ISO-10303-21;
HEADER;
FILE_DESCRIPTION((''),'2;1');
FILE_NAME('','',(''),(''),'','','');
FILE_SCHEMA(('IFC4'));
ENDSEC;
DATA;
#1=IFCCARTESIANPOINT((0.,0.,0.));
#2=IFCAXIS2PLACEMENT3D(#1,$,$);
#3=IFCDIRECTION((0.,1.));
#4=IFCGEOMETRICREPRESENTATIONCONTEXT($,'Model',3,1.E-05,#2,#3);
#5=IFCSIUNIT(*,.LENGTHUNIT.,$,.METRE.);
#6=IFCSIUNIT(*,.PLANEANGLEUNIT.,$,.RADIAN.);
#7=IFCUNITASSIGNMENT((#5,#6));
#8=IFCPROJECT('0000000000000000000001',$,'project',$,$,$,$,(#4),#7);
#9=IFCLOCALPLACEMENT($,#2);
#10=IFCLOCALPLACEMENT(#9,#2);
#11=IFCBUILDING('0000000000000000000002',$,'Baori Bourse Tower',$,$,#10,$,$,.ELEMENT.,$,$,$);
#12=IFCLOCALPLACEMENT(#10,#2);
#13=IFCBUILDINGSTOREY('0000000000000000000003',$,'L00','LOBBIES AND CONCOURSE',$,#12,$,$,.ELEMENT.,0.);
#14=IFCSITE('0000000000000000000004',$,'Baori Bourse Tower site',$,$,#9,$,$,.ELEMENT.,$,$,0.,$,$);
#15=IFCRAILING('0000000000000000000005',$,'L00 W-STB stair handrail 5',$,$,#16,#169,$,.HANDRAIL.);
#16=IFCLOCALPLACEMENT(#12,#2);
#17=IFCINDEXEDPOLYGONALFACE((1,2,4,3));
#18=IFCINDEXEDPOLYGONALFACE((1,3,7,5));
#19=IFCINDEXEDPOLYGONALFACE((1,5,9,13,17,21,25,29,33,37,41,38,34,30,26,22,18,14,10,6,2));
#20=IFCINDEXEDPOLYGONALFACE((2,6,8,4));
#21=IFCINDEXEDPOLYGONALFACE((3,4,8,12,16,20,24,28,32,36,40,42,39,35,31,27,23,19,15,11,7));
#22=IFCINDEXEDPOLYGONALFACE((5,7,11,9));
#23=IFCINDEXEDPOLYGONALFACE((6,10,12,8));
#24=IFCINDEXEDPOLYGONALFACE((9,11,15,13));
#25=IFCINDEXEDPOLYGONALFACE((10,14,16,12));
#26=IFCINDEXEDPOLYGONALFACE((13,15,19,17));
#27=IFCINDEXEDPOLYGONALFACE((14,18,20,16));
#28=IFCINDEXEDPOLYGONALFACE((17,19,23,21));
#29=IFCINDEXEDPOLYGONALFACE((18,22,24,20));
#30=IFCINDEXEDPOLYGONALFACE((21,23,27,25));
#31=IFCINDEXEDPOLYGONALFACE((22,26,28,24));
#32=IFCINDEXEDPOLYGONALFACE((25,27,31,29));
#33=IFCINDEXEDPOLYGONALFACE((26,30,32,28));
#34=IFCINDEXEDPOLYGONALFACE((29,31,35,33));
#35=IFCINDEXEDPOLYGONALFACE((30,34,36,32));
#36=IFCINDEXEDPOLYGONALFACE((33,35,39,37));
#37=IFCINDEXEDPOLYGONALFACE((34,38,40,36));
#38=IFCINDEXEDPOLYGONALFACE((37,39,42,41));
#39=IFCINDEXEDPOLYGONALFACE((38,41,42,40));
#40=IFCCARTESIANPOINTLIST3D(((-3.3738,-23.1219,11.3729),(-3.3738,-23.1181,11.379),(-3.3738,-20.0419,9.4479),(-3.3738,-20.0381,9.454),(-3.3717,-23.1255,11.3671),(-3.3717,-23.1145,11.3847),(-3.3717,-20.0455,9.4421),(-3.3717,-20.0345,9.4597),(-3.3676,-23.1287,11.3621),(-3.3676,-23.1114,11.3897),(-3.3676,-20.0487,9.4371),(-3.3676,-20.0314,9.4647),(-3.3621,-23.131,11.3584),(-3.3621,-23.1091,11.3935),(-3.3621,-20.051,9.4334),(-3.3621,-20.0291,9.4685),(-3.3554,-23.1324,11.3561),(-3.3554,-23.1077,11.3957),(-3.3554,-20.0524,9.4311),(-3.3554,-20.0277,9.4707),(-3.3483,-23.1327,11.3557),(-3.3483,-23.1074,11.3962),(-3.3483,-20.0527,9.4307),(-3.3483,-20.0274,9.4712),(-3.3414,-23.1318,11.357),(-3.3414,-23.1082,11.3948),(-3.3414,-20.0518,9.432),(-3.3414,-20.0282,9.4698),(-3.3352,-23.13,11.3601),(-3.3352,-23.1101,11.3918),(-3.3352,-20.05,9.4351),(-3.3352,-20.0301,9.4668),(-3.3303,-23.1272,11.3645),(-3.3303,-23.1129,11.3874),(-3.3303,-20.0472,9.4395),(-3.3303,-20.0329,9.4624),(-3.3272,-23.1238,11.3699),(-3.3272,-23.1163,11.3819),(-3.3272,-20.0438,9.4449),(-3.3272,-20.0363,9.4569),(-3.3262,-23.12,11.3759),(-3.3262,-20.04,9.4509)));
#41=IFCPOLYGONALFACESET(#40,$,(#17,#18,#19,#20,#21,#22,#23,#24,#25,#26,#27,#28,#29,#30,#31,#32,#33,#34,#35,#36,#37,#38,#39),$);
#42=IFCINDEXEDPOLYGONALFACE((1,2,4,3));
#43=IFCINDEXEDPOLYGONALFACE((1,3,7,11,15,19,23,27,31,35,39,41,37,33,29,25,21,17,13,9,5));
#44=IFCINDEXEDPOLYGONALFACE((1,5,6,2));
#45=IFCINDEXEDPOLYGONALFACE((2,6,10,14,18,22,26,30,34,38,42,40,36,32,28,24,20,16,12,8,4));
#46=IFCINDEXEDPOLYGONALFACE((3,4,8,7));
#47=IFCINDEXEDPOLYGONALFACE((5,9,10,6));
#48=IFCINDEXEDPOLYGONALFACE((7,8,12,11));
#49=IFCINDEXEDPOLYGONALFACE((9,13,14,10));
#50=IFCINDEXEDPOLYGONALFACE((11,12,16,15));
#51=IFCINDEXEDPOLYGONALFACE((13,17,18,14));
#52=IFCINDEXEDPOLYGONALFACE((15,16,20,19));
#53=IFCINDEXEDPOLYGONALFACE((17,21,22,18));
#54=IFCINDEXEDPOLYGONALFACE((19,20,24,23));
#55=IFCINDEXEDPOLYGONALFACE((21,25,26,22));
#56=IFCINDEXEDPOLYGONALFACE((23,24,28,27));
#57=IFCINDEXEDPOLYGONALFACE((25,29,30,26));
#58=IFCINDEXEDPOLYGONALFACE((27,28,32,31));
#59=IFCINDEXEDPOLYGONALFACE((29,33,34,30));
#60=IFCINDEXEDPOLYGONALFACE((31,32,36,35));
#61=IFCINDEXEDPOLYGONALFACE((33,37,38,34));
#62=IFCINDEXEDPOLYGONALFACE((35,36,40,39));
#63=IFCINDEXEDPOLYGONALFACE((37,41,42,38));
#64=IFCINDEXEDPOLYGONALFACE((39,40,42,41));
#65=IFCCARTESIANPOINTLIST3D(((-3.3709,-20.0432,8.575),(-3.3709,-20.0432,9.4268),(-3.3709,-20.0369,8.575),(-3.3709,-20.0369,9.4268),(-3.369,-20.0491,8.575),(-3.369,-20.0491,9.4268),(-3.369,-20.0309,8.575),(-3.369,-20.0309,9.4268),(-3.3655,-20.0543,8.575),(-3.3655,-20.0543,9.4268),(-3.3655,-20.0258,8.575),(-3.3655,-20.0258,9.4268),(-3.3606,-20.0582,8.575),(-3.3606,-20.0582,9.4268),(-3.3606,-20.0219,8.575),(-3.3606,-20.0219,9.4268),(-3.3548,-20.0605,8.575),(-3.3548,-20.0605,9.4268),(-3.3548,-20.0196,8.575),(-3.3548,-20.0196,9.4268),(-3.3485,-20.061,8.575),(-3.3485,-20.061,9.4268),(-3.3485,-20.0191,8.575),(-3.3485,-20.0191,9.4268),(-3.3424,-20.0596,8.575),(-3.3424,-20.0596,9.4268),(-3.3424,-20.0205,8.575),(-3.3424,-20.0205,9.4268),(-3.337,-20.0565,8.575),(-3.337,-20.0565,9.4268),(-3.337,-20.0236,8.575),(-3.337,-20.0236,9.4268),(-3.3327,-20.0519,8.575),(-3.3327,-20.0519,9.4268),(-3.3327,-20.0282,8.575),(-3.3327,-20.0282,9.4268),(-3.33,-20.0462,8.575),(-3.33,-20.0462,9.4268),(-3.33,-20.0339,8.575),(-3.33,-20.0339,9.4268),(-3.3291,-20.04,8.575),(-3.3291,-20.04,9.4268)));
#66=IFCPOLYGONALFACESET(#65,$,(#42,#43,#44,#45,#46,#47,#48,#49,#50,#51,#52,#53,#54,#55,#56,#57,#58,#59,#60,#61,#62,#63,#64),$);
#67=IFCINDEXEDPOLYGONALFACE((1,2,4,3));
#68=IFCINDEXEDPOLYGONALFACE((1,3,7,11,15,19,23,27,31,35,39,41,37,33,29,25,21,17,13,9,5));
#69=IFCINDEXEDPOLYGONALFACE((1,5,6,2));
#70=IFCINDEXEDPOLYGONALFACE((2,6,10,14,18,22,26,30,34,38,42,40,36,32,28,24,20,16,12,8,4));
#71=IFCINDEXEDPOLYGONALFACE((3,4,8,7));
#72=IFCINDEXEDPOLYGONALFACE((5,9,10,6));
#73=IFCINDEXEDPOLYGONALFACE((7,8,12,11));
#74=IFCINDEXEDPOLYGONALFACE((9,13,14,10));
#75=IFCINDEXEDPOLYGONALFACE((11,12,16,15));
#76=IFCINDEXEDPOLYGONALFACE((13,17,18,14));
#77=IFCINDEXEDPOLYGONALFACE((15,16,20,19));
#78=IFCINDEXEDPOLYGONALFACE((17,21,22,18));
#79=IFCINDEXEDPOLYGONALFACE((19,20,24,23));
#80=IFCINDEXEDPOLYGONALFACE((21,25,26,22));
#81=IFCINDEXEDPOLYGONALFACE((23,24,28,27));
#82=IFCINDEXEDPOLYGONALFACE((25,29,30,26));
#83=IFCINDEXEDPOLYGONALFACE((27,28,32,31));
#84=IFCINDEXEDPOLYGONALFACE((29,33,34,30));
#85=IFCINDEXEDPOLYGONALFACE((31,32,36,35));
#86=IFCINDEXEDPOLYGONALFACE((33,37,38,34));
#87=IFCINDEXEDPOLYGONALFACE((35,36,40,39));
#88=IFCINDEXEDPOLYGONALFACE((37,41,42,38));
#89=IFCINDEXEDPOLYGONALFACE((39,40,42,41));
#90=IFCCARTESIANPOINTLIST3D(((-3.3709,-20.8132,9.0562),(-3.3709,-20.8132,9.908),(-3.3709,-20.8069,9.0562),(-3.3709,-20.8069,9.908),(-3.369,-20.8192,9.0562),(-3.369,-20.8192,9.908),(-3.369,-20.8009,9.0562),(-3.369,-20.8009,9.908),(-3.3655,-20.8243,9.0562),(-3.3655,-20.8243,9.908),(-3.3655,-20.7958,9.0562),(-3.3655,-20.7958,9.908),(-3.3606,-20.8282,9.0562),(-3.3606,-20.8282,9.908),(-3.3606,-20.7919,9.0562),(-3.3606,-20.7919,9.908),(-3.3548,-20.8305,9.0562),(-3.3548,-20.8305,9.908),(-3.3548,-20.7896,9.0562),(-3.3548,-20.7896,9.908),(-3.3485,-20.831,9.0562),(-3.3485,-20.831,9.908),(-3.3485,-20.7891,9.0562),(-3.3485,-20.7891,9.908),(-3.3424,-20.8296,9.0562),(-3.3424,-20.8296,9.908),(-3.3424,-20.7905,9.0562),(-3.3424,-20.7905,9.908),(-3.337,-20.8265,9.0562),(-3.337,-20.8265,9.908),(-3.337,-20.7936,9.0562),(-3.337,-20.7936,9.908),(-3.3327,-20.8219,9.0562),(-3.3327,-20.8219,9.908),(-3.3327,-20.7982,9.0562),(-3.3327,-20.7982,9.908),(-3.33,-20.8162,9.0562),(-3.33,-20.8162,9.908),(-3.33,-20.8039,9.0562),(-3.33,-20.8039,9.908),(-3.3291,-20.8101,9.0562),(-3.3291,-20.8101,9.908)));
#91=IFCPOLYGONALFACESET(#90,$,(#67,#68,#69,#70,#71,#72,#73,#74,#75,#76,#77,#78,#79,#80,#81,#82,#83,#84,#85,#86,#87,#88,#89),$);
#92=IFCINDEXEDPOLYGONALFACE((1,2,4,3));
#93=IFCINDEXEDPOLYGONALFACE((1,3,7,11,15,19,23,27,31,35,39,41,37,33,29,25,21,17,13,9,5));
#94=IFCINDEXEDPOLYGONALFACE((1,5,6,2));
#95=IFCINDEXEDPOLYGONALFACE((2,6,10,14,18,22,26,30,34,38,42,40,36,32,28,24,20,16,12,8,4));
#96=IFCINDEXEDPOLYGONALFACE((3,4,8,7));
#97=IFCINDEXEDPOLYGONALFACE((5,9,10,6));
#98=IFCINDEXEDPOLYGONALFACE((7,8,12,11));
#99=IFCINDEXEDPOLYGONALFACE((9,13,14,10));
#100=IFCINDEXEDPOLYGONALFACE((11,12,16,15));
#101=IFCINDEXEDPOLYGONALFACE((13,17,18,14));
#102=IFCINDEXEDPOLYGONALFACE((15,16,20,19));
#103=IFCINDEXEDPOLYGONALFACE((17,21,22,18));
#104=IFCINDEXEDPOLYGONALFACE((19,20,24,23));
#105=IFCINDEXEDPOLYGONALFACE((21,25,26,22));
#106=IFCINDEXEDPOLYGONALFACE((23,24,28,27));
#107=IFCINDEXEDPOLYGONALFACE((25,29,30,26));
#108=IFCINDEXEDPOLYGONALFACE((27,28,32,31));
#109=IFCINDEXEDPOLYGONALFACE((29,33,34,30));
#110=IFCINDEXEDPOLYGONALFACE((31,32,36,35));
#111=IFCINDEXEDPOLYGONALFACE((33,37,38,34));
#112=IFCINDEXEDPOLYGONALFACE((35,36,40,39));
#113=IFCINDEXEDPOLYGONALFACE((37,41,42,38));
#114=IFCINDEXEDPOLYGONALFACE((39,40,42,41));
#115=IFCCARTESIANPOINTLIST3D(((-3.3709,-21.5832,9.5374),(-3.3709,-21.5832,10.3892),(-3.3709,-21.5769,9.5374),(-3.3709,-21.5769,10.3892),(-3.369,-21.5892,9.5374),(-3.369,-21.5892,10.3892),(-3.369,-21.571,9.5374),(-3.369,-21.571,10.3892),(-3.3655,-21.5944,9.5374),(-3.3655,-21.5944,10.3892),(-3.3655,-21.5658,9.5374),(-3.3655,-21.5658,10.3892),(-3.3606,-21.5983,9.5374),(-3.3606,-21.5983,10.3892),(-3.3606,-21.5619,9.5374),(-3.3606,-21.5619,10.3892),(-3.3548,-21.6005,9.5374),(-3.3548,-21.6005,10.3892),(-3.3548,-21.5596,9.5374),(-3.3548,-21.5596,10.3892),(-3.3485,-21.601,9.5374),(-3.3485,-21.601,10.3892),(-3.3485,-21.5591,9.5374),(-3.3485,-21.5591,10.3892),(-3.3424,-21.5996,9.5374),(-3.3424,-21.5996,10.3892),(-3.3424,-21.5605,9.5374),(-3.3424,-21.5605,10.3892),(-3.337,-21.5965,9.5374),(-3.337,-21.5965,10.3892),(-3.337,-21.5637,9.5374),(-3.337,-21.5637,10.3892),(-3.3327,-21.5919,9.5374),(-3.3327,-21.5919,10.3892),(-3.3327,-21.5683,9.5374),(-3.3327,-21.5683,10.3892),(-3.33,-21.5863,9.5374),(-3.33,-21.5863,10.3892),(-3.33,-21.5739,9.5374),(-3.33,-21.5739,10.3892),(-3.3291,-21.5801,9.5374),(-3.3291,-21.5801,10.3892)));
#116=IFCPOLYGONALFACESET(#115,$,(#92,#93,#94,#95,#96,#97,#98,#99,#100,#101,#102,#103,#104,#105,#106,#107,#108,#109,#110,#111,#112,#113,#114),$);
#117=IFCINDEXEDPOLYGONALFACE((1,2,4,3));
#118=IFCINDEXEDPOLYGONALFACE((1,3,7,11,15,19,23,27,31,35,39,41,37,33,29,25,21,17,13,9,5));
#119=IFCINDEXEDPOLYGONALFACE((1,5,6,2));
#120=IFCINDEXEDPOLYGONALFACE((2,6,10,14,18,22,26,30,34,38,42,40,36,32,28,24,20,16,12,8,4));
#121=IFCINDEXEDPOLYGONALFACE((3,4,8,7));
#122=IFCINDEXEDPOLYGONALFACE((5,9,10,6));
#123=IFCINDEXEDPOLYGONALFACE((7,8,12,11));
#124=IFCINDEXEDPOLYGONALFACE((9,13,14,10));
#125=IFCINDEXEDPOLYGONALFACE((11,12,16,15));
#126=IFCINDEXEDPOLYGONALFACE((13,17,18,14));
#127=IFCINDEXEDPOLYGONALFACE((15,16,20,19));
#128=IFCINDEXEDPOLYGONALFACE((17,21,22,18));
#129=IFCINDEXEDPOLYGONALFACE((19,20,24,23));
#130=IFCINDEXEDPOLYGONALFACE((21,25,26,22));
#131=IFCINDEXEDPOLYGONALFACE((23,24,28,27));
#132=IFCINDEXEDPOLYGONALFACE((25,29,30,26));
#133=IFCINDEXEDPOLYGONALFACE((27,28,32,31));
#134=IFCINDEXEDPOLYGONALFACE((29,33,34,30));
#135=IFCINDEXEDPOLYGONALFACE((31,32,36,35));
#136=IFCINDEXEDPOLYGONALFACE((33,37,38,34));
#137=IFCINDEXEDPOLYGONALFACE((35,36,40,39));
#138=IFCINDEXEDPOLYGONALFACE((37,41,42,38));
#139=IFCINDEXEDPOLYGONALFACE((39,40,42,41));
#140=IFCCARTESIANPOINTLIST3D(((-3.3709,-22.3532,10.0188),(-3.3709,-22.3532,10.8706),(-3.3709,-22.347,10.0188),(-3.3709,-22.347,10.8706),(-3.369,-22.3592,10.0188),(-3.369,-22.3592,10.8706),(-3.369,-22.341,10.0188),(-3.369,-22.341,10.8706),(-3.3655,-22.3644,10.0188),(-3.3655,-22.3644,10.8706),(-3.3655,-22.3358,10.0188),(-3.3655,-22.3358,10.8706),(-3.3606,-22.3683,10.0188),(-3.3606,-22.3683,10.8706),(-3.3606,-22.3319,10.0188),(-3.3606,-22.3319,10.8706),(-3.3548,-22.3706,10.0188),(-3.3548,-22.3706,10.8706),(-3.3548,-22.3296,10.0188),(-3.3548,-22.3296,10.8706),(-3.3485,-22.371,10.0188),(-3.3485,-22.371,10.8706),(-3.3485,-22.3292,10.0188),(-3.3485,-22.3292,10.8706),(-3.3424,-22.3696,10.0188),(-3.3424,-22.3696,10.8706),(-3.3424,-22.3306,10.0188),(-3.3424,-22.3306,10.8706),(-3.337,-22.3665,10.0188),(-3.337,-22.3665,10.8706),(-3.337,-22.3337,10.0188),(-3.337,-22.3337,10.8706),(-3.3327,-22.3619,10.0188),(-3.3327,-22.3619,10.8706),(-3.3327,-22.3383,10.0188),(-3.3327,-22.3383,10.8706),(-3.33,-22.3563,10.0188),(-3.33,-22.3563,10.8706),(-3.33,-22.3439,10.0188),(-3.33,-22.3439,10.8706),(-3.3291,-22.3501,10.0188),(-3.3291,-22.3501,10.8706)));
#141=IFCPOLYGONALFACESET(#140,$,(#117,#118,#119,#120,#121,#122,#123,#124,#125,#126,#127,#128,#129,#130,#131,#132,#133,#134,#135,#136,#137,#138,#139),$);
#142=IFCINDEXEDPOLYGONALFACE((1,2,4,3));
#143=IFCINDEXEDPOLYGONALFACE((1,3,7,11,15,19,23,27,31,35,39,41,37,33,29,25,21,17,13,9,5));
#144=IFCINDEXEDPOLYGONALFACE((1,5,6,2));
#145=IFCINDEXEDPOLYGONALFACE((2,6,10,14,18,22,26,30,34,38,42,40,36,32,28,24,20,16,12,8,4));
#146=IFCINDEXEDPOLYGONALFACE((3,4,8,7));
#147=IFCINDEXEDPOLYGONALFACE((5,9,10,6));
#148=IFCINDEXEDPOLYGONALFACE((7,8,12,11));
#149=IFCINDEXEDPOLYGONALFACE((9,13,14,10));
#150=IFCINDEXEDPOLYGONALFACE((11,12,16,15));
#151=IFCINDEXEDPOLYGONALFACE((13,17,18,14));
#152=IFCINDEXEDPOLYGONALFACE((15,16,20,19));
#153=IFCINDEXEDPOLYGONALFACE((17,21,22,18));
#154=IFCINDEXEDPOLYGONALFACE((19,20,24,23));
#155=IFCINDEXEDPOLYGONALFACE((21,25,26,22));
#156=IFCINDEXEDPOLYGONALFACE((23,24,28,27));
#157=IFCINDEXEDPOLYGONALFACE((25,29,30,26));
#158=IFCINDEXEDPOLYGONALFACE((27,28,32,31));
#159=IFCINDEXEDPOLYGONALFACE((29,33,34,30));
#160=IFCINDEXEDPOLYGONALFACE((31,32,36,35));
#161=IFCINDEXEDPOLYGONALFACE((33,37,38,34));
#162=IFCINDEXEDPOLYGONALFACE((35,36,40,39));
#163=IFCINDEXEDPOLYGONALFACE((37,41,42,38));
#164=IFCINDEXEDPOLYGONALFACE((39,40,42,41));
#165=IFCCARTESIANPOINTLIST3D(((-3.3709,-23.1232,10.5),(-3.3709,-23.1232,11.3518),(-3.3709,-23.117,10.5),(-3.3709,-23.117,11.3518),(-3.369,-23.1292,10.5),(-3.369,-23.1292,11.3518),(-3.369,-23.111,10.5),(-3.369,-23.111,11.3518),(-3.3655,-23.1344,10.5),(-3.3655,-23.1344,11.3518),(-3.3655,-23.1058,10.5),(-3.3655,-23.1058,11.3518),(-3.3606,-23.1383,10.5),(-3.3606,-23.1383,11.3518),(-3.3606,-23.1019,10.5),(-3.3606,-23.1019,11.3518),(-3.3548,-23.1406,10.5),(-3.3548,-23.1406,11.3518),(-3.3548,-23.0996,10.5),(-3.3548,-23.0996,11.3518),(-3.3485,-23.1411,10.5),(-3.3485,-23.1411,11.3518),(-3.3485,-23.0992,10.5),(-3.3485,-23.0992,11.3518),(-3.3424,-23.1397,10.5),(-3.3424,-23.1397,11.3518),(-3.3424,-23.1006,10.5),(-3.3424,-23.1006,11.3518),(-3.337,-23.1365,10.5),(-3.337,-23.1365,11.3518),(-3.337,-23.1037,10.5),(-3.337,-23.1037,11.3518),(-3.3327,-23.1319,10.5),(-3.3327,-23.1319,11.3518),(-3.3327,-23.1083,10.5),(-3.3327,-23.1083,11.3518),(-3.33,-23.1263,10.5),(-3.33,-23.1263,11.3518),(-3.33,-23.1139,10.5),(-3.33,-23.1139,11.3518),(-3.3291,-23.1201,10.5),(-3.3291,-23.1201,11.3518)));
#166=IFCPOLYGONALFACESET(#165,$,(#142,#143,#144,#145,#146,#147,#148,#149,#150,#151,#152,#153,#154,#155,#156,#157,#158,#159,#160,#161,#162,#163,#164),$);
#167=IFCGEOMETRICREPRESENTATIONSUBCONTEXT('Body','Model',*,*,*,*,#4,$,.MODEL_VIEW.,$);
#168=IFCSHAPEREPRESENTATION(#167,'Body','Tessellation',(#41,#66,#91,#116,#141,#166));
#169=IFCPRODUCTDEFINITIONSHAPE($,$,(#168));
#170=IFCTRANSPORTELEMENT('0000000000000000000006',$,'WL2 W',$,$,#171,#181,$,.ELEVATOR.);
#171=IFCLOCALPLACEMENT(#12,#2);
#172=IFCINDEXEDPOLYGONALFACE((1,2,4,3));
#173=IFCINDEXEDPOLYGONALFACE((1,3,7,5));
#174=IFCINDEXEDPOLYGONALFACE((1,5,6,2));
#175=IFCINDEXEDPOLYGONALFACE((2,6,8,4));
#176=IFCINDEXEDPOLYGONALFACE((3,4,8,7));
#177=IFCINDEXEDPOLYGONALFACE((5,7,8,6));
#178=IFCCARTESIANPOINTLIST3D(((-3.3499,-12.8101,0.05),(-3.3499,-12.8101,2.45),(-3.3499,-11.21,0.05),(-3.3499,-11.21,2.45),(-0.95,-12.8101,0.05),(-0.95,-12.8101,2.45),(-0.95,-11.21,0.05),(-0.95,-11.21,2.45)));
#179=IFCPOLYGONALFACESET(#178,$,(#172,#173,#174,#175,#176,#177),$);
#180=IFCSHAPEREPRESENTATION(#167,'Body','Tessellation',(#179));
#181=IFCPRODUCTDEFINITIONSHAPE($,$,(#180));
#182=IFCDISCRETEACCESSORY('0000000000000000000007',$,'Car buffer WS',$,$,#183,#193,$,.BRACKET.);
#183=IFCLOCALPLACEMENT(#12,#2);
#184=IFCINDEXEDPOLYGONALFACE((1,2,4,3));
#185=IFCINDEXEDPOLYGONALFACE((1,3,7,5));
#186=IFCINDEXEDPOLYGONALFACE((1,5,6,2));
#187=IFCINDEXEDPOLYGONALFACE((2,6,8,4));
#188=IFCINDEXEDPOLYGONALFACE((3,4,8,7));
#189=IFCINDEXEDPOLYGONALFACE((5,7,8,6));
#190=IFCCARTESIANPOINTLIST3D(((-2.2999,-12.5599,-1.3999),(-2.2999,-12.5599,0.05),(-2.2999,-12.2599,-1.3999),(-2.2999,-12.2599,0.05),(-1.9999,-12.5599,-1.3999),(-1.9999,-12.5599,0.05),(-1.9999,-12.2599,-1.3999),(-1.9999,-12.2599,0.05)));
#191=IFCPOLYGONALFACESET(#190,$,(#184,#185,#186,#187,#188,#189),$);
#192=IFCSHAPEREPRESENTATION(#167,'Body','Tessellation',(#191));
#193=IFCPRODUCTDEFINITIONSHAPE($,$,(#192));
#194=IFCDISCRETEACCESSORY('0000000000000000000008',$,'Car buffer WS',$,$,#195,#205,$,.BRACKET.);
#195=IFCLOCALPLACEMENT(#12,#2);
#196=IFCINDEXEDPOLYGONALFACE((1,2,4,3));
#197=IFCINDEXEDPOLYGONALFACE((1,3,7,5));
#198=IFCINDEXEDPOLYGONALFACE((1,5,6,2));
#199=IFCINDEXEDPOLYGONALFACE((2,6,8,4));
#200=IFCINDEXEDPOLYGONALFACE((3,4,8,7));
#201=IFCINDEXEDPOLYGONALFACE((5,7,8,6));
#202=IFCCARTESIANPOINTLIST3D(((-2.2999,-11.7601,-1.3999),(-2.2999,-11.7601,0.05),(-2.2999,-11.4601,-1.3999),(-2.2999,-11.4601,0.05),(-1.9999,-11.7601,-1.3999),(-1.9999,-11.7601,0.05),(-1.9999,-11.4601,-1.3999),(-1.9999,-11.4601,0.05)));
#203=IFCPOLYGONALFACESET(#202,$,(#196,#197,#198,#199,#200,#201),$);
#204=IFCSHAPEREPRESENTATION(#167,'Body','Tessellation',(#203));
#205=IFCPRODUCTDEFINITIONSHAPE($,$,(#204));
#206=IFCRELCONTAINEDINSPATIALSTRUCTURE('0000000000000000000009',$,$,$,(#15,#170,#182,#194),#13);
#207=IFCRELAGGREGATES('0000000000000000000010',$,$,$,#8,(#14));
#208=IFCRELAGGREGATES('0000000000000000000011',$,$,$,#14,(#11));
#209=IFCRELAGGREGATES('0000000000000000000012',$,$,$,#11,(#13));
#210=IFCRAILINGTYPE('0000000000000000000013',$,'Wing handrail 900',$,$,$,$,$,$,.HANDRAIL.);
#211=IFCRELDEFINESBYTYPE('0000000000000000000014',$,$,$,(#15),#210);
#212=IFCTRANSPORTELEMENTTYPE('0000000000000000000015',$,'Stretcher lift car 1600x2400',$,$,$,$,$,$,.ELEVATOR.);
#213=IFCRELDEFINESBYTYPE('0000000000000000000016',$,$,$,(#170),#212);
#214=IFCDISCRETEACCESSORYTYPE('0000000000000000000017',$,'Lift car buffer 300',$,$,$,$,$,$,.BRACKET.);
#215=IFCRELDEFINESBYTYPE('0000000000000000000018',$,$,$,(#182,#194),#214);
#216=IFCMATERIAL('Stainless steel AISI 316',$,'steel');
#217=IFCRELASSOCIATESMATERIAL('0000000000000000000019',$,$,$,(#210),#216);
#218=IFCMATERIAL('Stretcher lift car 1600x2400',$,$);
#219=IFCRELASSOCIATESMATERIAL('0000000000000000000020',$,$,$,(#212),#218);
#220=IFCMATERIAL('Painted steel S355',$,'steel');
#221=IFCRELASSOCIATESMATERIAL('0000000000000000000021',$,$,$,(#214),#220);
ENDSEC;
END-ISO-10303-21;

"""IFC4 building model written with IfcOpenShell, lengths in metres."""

from ifc_helpers import new_model, si_unit, direction, frame, origin, origin_2d, place, context, subcontext, project, spatial, rectangle, circle, extrude, material, type_object, element, save


model = new_model("IFC4")

# Units and contexts
model_context = context("Model", 3, precision=1e-05, world=origin(), true_north=direction((0.0, 1.0)))
body_context = subcontext(model_context, "Body", "Model", "MODEL_VIEW")
ifc_project = project(units=[si_unit("LENGTHUNIT", "METRE"), si_unit("PLANEANGLEUNIT", "RADIAN")], contexts=[model_context])

# Site, building, storey
site_placement = place(None, origin())
site = spatial("IfcSite", under=ifc_project, at=site_placement, Name="Baori Bourse Tower site", CompositionType="ELEMENT", RefElevation=0.0)
building_placement = place(site_placement, origin())
building = spatial("IfcBuilding", under=site, at=building_placement, Name="Baori Bourse Tower", CompositionType="ELEMENT")
storey_placement = place(building_placement, origin())
storey = spatial("IfcBuildingStorey", under=building, at=storey_placement, Name="L00", Description="LOBBIES AND CONCOURSE", CompositionType="ELEMENT", Elevation=0.0)

# Railing
ifc_material_1 = material(Name="Stainless steel AISI 316", Category="steel")
railing_type_1 = type_object("IfcRailingType", Name="Wing handrail 900", PredefinedType="HANDRAIL", material=ifc_material_1)
for number, where, name in (
    (1, (-3.3501, -20.04, 8.575), "L00 W-STB stair handrail 5"),
):
    element("IfcRailing", number, at=place(storey_placement, frame(where)), inside=storey, type_object=railing_type_1, Name=name, PredefinedType="HANDRAIL", context=body_context, shape_type="SweptSolid", body=[
        extrude(circle(Radius=0.0239, at=origin_2d()), frame((0.0, 0.0, 0.876), z_axis=(0.0, -0.847998, 0.529999), x_axis=(1.0, 0.0, 0.0)), (0.0, 0.0, 1.0), 3.6321),
        extrude(circle(Radius=0.021, at=origin_2d()), origin(), (0.0, 0.0, 1.0), 0.8518),
        extrude(circle(Radius=0.021, at=origin_2d()), frame((0.0, -0.77, 0.4812)), (0.0, 0.0, 1.0), 0.8518),
        extrude(circle(Radius=0.021, at=origin_2d()), frame((0.0, -1.54, 0.9624)), (0.0, 0.0, 1.0), 0.8518),
        extrude(circle(Radius=0.021, at=origin_2d()), frame((0.0, -2.3101, 1.4438)), (0.0, 0.0, 1.0), 0.8518),
        extrude(circle(Radius=0.021, at=origin_2d()), frame((0.0, -3.0801, 1.925)), (0.0, 0.0, 1.0), 0.8518),
    ])

# Transport element
ifc_material_2 = material(Name="Stretcher lift car 1600x2400")
transport_element_type = type_object("IfcTransportElementType", Name="Stretcher lift car 1600x2400", PredefinedType="ELEVATOR", material=ifc_material_2)
transport_element_placement = place(storey_placement, frame((-2.1499, -12.01, 0.05), z_axis=(0.0, 0.0, 1.0), x_axis=(1.0, 0.0, 0.0)))
element("IfcTransportElement", 2, at=transport_element_placement, inside=storey, type_object=transport_element_type, Name="WL2 W", PredefinedType="ELEVATOR", context=body_context, shape_type="SweptSolid", body=[
    extrude(rectangle(XDim=2.3999, YDim=1.6001, at=origin_2d()), origin(), (0.0, 0.0, 1.0), 2.3999),
])

# Discrete accessories
ifc_material_3 = material(Name="Painted steel S355", Category="steel")
discrete_accessory_type = type_object("IfcDiscreteAccessoryType", Name="Lift car buffer 300", PredefinedType="BRACKET", material=ifc_material_3)
for number, where, z_axis, x_axis, name in (
    (3, (-2.1499, -12.4099, -1.3999), (0.0, 0.0, 1.0), (1.0, 0.0, 0.0), "Car buffer WS"),
    (4, (-2.1499, -11.6101, -1.3999), (0.0, 0.0, 1.0), (1.0, 0.0, 0.0), "Car buffer WS"),
):
    element("IfcDiscreteAccessory", number, at=place(storey_placement, frame(where, z_axis=z_axis, x_axis=x_axis)), inside=storey, type_object=discrete_accessory_type, Name=name, PredefinedType="BRACKET", context=body_context, shape_type="SweptSolid", body=[
        extrude(rectangle(XDim=0.3, YDim=0.3, at=origin_2d()), origin(), (0.0, 0.0, 1.0), 1.45),
    ])

save(model, "model.ifc")
